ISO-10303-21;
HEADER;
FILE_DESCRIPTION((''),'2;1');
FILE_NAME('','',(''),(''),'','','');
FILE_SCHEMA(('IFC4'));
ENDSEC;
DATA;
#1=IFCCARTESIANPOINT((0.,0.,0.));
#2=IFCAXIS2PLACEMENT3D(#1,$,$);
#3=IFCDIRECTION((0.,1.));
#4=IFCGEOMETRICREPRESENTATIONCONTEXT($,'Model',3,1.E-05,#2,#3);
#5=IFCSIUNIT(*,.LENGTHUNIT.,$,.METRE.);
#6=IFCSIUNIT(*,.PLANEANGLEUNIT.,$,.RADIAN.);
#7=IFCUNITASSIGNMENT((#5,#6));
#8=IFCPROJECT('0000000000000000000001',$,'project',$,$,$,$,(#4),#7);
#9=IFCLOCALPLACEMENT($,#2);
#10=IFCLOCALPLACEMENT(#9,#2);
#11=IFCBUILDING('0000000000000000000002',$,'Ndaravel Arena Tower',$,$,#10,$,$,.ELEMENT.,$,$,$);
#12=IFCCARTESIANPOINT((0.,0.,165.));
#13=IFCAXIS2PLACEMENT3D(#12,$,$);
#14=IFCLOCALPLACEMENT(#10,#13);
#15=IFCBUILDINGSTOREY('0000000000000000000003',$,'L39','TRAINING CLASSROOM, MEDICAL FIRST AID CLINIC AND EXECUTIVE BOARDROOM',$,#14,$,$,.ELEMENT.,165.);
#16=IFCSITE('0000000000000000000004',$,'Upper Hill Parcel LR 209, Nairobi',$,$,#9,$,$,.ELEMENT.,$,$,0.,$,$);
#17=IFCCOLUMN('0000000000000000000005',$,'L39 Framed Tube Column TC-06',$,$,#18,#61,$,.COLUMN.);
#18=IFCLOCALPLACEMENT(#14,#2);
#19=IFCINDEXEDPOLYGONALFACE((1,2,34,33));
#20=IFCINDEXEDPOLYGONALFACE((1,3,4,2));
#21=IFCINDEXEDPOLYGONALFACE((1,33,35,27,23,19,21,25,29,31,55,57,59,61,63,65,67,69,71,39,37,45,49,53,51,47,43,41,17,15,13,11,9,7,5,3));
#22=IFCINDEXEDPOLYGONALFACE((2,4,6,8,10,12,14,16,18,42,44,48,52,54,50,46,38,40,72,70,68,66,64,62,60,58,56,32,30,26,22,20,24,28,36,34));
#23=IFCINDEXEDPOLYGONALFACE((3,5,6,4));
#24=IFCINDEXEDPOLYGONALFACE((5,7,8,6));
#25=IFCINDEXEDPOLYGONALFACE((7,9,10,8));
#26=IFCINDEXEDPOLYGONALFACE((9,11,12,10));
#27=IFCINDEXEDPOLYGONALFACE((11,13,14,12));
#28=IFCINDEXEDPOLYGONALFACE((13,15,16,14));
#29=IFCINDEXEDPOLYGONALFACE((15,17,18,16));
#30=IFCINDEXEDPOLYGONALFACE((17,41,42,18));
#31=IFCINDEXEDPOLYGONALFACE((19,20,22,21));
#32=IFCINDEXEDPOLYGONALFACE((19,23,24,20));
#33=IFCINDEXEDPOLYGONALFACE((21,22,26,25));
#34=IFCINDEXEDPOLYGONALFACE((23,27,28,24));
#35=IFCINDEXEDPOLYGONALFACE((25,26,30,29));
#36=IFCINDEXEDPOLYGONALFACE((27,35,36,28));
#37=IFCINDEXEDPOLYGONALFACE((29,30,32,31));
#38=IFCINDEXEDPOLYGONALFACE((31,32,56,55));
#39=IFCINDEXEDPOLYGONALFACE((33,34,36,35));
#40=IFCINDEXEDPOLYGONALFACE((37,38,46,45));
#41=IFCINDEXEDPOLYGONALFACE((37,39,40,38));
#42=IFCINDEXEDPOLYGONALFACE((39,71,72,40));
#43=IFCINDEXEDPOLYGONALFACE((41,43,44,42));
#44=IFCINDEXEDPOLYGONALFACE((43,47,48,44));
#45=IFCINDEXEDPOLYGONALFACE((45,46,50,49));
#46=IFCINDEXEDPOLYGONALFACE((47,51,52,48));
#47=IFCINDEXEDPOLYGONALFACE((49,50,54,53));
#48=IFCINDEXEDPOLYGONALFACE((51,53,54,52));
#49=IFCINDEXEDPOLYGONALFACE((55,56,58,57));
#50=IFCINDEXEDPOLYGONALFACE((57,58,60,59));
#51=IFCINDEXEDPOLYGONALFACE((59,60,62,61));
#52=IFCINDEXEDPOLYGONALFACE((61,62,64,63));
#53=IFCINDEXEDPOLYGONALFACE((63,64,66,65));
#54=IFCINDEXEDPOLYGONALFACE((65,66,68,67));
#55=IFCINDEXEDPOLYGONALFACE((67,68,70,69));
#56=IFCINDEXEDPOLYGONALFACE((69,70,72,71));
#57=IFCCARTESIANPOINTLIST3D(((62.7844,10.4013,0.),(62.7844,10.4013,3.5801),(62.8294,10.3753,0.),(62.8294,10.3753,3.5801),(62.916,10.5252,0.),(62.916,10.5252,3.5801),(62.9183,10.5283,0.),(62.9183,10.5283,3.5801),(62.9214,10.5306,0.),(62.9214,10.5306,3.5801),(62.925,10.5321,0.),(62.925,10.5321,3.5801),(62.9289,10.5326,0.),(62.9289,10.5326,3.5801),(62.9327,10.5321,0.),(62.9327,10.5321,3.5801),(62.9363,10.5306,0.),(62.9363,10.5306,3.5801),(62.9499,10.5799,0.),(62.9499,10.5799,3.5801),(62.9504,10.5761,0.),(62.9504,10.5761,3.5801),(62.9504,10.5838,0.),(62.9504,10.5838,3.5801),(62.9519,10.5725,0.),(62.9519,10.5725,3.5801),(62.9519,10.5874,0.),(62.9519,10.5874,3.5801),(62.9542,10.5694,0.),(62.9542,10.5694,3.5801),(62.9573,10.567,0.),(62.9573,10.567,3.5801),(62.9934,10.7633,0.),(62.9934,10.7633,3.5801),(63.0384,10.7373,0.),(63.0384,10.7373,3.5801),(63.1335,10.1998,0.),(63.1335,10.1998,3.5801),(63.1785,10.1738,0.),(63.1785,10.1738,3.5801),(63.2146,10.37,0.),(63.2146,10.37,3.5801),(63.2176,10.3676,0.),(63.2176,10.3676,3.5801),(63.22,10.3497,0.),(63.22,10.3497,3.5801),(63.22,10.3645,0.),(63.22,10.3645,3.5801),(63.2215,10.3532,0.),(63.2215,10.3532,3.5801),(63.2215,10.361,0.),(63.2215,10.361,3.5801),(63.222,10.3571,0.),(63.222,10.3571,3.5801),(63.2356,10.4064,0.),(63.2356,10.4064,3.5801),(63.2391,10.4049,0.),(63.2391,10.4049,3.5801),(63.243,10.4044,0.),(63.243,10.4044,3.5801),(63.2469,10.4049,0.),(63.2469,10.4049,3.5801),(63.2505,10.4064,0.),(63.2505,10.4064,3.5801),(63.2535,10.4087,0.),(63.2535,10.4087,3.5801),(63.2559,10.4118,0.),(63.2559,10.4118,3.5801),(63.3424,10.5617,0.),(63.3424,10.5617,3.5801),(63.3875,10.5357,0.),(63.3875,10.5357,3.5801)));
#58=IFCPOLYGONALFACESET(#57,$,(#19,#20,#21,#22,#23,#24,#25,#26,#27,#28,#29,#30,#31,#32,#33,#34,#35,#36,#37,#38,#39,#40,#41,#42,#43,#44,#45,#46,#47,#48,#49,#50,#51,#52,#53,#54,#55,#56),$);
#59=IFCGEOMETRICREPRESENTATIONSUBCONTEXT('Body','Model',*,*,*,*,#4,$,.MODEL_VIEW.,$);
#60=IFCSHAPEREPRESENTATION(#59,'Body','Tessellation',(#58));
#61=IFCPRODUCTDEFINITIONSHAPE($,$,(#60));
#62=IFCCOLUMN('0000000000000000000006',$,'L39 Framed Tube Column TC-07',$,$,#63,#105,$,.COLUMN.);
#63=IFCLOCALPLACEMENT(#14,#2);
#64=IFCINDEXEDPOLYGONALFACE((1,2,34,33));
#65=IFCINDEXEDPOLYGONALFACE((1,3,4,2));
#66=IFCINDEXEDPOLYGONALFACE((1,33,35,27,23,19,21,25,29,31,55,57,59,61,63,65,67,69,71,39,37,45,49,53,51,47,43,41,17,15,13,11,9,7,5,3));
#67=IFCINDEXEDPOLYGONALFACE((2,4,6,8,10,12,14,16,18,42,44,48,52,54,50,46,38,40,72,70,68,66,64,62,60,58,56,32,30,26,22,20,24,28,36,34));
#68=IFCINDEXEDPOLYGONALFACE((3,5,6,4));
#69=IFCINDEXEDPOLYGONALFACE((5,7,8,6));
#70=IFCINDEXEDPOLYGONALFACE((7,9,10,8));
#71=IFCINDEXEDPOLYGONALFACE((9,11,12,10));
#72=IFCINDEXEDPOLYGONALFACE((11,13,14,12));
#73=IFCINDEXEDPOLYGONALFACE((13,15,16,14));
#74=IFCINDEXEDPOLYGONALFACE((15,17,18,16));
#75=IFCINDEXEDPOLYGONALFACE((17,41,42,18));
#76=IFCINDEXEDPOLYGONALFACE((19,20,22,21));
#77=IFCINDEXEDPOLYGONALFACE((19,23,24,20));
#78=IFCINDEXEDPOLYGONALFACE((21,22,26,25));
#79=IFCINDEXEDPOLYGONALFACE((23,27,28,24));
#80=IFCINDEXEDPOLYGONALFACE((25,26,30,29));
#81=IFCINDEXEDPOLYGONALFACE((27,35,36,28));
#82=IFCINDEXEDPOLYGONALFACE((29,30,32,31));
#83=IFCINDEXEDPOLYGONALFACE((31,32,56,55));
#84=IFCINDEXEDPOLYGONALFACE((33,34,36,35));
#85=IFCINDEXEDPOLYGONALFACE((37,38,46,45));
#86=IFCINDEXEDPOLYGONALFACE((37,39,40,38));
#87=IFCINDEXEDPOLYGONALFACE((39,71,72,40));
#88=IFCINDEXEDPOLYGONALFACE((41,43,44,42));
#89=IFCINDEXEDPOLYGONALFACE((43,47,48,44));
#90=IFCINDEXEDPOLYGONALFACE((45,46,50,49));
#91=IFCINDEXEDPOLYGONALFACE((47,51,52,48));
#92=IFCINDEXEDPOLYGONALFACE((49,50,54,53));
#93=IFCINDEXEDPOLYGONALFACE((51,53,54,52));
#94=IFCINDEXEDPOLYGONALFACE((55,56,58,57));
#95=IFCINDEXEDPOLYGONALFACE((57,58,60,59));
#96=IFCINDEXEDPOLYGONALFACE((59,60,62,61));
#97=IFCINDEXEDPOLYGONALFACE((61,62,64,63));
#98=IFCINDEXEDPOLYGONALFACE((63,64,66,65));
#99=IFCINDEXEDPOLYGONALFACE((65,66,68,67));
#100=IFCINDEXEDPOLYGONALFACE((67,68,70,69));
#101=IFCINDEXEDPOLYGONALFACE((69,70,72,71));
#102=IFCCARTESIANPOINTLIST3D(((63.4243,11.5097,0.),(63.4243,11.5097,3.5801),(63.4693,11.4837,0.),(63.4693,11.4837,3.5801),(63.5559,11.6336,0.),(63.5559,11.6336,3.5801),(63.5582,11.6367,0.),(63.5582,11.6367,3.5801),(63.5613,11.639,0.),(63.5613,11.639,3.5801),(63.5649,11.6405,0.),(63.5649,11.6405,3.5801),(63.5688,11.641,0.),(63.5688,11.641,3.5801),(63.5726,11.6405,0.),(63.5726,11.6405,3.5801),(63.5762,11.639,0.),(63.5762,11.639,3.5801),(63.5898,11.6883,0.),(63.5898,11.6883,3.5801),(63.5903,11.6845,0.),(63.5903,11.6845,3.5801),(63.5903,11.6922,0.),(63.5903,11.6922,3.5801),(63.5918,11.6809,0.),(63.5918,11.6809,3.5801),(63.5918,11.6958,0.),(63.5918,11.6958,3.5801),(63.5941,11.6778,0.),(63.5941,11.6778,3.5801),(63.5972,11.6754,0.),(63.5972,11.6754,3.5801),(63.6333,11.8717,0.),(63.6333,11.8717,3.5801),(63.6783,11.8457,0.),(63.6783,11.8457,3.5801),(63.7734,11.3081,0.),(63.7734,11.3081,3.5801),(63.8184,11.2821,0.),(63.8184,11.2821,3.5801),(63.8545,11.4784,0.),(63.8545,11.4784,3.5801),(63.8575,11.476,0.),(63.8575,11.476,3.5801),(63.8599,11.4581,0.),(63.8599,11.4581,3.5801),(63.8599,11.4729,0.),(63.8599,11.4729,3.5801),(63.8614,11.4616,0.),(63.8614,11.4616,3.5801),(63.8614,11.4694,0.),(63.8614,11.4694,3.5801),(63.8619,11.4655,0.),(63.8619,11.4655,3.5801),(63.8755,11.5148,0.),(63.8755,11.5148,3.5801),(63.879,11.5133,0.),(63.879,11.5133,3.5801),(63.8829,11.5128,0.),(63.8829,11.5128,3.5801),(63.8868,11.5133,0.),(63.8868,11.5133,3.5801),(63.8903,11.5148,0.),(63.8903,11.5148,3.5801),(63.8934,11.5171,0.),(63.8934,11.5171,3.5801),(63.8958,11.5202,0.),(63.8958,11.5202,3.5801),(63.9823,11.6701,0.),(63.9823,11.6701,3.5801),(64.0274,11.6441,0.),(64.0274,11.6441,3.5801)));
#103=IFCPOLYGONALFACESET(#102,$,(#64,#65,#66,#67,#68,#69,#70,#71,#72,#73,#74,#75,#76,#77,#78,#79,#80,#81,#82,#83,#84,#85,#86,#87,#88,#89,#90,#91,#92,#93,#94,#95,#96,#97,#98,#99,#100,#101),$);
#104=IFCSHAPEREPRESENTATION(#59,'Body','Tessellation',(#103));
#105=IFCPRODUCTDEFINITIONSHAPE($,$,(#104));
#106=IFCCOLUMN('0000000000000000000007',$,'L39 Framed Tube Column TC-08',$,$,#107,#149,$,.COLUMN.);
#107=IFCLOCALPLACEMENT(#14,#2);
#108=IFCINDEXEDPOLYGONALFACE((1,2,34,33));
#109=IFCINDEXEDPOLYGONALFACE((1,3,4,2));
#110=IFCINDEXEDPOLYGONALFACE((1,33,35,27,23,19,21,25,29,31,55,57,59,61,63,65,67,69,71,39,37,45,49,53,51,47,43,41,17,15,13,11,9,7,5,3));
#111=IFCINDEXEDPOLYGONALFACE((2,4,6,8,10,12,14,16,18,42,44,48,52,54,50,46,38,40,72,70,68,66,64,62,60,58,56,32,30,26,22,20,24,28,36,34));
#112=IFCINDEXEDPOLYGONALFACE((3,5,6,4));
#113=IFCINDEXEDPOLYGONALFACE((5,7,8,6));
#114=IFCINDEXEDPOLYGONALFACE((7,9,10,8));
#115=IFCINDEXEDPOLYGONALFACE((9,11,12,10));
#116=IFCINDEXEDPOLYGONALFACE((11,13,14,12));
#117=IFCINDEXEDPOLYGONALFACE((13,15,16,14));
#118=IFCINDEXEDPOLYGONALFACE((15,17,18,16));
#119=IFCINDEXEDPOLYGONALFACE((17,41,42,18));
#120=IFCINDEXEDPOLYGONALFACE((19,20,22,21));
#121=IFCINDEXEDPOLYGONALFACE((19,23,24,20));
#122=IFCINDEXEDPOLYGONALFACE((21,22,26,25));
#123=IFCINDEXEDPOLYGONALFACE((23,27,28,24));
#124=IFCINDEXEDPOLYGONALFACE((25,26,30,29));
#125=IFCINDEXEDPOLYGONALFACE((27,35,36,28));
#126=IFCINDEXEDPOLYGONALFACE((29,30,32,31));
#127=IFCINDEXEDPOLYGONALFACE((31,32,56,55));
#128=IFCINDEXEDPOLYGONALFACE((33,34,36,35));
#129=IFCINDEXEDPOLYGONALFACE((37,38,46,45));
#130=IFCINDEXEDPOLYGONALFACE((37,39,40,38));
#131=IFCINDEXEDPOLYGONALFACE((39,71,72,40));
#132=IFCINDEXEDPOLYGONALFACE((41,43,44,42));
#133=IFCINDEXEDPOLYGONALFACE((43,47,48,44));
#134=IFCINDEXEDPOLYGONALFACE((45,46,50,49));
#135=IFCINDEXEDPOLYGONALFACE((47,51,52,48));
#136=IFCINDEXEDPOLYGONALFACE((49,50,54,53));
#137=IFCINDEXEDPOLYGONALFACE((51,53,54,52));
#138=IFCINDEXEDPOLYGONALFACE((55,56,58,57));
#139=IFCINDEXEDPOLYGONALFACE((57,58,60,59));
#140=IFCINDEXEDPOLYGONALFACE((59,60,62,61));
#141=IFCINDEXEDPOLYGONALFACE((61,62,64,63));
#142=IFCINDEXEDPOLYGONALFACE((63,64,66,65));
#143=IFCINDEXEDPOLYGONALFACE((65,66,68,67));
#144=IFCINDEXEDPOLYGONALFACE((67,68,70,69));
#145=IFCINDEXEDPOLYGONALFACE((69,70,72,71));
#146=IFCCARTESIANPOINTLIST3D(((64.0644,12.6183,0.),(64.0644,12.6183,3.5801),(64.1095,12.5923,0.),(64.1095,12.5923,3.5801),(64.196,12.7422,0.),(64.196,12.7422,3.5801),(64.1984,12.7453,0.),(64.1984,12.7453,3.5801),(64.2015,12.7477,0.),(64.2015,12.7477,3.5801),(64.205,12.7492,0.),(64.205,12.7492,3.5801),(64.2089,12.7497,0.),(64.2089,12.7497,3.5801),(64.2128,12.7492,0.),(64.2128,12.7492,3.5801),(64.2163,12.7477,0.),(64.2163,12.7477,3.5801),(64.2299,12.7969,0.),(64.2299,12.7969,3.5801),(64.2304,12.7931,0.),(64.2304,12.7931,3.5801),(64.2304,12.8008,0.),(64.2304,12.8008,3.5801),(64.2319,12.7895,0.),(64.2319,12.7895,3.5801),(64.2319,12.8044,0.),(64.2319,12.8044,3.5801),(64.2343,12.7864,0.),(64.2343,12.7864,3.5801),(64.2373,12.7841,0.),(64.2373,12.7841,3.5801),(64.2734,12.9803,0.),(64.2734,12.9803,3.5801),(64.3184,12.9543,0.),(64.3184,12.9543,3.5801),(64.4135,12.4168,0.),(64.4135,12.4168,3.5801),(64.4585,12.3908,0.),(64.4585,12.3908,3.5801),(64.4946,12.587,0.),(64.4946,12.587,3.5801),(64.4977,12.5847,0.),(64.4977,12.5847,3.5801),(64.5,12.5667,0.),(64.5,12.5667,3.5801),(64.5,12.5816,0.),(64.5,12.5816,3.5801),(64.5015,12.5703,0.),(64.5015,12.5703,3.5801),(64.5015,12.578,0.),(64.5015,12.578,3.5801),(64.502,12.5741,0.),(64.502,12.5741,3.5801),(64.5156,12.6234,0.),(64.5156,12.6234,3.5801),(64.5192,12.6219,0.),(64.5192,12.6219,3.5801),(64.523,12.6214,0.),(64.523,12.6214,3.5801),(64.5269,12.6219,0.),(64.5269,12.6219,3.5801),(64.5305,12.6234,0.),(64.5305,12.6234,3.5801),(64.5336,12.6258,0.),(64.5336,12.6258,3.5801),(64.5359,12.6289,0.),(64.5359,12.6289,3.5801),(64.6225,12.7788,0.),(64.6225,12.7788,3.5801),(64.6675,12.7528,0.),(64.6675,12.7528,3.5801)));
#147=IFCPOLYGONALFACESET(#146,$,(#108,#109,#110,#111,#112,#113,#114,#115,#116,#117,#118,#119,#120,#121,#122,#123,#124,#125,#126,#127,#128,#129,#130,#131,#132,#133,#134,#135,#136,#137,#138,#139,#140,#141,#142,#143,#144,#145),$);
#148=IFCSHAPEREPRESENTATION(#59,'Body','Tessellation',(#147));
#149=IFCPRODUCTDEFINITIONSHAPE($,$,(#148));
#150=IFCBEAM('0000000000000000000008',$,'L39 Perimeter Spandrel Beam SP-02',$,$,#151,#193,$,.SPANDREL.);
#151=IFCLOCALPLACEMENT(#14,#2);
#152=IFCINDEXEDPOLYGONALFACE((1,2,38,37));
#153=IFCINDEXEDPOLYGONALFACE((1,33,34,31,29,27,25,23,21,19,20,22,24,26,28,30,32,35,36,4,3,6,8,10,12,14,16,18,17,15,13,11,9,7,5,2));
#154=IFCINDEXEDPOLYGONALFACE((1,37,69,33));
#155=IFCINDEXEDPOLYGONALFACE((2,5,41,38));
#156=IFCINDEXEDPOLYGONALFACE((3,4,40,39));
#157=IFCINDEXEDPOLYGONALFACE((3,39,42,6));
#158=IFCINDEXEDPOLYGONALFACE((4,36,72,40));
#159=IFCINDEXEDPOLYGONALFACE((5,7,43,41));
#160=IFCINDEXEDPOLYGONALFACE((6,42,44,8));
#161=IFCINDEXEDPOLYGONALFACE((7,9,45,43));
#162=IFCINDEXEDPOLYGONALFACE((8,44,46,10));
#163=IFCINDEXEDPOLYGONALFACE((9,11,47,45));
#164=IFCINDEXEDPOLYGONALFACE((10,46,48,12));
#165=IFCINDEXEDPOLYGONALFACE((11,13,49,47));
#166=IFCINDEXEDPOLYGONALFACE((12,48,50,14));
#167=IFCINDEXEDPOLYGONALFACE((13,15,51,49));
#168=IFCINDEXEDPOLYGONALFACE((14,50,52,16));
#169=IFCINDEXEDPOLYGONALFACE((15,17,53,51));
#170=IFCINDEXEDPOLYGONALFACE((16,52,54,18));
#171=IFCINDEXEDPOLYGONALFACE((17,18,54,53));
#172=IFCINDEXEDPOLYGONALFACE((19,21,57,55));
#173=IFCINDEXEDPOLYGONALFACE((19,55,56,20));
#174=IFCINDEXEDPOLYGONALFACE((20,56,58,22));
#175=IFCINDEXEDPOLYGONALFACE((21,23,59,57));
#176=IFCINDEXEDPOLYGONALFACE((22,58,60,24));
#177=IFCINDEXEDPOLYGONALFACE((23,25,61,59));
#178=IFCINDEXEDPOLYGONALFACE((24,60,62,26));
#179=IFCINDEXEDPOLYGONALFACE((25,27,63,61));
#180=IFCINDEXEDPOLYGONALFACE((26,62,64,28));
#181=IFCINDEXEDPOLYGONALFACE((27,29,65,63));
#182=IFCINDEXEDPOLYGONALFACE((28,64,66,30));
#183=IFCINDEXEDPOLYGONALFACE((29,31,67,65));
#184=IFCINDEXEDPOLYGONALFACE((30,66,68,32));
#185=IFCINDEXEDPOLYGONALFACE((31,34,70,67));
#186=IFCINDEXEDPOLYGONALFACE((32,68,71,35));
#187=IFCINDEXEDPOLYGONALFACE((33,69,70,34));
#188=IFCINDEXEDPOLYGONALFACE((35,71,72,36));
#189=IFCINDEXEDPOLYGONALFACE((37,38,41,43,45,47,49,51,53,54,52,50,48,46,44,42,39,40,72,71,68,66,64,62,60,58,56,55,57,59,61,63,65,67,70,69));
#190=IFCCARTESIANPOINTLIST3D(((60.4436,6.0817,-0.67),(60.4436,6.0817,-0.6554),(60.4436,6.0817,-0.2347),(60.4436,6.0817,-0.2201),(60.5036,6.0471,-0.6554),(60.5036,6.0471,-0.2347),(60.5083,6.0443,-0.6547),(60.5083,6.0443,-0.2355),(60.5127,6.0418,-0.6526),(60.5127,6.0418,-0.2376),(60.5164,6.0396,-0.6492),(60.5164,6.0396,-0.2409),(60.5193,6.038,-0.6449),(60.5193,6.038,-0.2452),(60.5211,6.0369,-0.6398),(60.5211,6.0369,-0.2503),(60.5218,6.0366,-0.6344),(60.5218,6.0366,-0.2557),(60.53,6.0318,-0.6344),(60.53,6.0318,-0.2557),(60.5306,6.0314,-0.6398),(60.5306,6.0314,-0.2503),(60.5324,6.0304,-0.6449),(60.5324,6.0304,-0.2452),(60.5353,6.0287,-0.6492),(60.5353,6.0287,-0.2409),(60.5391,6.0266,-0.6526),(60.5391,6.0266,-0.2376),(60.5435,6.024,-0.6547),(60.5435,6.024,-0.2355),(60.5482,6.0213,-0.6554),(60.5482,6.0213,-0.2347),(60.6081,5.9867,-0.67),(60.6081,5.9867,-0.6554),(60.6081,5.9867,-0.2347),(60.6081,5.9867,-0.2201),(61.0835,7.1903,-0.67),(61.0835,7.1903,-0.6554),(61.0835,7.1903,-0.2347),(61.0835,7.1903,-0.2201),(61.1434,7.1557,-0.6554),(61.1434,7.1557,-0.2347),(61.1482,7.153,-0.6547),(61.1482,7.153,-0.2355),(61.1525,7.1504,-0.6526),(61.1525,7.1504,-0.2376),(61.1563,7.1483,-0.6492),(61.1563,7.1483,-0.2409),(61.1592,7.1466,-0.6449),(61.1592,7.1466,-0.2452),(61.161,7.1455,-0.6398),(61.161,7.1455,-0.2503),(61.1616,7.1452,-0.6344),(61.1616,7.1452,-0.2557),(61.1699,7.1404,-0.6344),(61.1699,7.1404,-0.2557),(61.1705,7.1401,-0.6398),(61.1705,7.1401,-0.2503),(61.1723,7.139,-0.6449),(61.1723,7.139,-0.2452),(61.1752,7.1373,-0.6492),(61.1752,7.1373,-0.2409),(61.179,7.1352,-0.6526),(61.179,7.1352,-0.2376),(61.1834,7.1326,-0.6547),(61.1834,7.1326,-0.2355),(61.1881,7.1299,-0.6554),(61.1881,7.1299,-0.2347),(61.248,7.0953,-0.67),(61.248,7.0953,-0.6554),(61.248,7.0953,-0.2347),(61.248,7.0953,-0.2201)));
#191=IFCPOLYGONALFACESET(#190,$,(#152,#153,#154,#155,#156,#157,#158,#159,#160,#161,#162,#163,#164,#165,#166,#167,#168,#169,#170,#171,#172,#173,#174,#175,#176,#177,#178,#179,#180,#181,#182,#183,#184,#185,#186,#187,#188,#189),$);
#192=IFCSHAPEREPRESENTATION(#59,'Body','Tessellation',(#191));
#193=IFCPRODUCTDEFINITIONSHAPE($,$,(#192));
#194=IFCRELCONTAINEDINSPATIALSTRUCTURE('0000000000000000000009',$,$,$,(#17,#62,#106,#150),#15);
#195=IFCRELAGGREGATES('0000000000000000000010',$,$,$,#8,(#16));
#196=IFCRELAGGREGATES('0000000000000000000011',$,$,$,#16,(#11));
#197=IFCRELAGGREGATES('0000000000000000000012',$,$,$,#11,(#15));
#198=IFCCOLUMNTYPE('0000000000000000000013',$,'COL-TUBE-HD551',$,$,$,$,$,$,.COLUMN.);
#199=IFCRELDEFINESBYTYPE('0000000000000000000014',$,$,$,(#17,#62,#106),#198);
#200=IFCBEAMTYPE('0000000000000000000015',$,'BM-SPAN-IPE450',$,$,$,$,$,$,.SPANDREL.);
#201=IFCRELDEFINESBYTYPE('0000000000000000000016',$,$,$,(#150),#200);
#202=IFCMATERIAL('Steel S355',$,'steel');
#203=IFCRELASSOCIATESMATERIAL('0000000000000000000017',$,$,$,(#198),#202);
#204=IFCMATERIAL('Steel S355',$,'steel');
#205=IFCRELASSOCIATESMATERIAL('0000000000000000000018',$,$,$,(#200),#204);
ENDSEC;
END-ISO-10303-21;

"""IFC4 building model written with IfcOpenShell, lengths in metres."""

from ifc_helpers import new_model, si_unit, direction, frame, origin, origin_2d, place, context, subcontext, project, spatial, i_section, extrude, material, material_profile, profile_set, type_object, element, save


model = new_model("IFC4")

# Units and contexts
model_context = context("Model", 3, precision=1e-05, world=origin(), true_north=direction((0.0, 1.0)))
body_context = subcontext(model_context, "Body", "Model", "MODEL_VIEW")
ifc_project = project(units=[si_unit("LENGTHUNIT", "METRE"), si_unit("PLANEANGLEUNIT", "RADIAN")], contexts=[model_context])

# Site, building, storey
site_placement = place(None, origin())
site = spatial("IfcSite", under=ifc_project, at=site_placement, Name="Upper Hill Parcel LR 209, Nairobi", CompositionType="ELEMENT", RefElevation=0.0)
building_placement = place(site_placement, origin())
building = spatial("IfcBuilding", under=site, at=building_placement, Name="Ndaravel Arena Tower", CompositionType="ELEMENT")
storey_placement = place(building_placement, frame((0.0, 0.0, 165.0)))
storey = spatial("IfcBuildingStorey", under=building, at=storey_placement, Name="L39", Description="TRAINING CLASSROOM, MEDICAL FIRST AID CLINIC AND EXECUTIVE BOARDROOM", CompositionType="ELEMENT", Elevation=165.0)

# Columns
ifc_material_1 = material(Name="Steel S355", Category="steel")
ifc_material_profile_1 = material_profile(ifc_material_1, i_section(OverallWidth=0.418, OverallDepth=0.4551, WebThickness=0.042, FlangeThickness=0.052, FilletRadius=0.0149, at=origin_2d()), Name="HD 400x551")
ifc_profile_set_1 = profile_set([ifc_material_profile_1], Name="Steel S355")
column_type = type_object("IfcColumnType", Name="COL-TUBE-HD551", PredefinedType="COLUMN", material=ifc_profile_set_1)
for number, where, z_axis, x_axis, name in (
    (1, (63.0859, 10.4685, 0.0), (0.0, 0.0, 1.0), (0.5, 0.866025, 0.0), "L39 Framed Tube Column TC-06"),
    (2, (63.7258, 11.5769, 0.0), (0.0, 0.0, 1.0), (0.5, 0.866025, 0.0), "L39 Framed Tube Column TC-07"),
    (3, (64.366, 12.6855, 0.0), (0.0, 0.0, 1.0), (0.5, 0.866025, 0.0), "L39 Framed Tube Column TC-08"),
):
    element("IfcColumn", number, at=place(storey_placement, frame(where, z_axis=z_axis, x_axis=x_axis)), inside=storey, type_object=column_type, Name=name, PredefinedType="COLUMN", context=body_context, shape_type="SweptSolid", body=[
        extrude(i_section(OverallWidth=0.418, OverallDepth=0.4551, WebThickness=0.042, FlangeThickness=0.052, FilletRadius=0.0149, at=origin_2d()), origin(), (0.0, 0.0, 1.0), 3.5801),
    ])

# Beam
ifc_material_2 = material(Name="Steel S355", Category="steel")
ifc_material_profile_2 = material_profile(ifc_material_2, i_section(OverallWidth=0.1899, OverallDepth=0.45, WebThickness=0.0095, FlangeThickness=0.0146, FilletRadius=0.021, at=origin_2d()), Name="IPE 450")
ifc_profile_set_2 = profile_set([ifc_material_profile_2], Name="Steel S355")
beam_type = type_object("IfcBeamType", Name="BM-SPAN-IPE450", PredefinedType="SPANDREL", material=ifc_profile_set_2)
beam_1_placement = place(storey_placement, frame((60.5259, 6.0342, -0.4451), z_axis=(0.499893, 0.866087, 0.0), x_axis=(-0.866087, 0.499893, 0.0)))
element("IfcBeam", 4, at=beam_1_placement, inside=storey, type_object=beam_type, Name="L39 Perimeter Spandrel Beam SP-02", PredefinedType="SPANDREL", context=body_context, shape_type="SweptSolid", body=[
    extrude(i_section(OverallWidth=0.1899, OverallDepth=0.45, WebThickness=0.0095, FlangeThickness=0.0146, FilletRadius=0.021, at=origin_2d()), origin(), (0.0, 0.0, 1.0), 1.28),
])

save(model, "model.ifc")
